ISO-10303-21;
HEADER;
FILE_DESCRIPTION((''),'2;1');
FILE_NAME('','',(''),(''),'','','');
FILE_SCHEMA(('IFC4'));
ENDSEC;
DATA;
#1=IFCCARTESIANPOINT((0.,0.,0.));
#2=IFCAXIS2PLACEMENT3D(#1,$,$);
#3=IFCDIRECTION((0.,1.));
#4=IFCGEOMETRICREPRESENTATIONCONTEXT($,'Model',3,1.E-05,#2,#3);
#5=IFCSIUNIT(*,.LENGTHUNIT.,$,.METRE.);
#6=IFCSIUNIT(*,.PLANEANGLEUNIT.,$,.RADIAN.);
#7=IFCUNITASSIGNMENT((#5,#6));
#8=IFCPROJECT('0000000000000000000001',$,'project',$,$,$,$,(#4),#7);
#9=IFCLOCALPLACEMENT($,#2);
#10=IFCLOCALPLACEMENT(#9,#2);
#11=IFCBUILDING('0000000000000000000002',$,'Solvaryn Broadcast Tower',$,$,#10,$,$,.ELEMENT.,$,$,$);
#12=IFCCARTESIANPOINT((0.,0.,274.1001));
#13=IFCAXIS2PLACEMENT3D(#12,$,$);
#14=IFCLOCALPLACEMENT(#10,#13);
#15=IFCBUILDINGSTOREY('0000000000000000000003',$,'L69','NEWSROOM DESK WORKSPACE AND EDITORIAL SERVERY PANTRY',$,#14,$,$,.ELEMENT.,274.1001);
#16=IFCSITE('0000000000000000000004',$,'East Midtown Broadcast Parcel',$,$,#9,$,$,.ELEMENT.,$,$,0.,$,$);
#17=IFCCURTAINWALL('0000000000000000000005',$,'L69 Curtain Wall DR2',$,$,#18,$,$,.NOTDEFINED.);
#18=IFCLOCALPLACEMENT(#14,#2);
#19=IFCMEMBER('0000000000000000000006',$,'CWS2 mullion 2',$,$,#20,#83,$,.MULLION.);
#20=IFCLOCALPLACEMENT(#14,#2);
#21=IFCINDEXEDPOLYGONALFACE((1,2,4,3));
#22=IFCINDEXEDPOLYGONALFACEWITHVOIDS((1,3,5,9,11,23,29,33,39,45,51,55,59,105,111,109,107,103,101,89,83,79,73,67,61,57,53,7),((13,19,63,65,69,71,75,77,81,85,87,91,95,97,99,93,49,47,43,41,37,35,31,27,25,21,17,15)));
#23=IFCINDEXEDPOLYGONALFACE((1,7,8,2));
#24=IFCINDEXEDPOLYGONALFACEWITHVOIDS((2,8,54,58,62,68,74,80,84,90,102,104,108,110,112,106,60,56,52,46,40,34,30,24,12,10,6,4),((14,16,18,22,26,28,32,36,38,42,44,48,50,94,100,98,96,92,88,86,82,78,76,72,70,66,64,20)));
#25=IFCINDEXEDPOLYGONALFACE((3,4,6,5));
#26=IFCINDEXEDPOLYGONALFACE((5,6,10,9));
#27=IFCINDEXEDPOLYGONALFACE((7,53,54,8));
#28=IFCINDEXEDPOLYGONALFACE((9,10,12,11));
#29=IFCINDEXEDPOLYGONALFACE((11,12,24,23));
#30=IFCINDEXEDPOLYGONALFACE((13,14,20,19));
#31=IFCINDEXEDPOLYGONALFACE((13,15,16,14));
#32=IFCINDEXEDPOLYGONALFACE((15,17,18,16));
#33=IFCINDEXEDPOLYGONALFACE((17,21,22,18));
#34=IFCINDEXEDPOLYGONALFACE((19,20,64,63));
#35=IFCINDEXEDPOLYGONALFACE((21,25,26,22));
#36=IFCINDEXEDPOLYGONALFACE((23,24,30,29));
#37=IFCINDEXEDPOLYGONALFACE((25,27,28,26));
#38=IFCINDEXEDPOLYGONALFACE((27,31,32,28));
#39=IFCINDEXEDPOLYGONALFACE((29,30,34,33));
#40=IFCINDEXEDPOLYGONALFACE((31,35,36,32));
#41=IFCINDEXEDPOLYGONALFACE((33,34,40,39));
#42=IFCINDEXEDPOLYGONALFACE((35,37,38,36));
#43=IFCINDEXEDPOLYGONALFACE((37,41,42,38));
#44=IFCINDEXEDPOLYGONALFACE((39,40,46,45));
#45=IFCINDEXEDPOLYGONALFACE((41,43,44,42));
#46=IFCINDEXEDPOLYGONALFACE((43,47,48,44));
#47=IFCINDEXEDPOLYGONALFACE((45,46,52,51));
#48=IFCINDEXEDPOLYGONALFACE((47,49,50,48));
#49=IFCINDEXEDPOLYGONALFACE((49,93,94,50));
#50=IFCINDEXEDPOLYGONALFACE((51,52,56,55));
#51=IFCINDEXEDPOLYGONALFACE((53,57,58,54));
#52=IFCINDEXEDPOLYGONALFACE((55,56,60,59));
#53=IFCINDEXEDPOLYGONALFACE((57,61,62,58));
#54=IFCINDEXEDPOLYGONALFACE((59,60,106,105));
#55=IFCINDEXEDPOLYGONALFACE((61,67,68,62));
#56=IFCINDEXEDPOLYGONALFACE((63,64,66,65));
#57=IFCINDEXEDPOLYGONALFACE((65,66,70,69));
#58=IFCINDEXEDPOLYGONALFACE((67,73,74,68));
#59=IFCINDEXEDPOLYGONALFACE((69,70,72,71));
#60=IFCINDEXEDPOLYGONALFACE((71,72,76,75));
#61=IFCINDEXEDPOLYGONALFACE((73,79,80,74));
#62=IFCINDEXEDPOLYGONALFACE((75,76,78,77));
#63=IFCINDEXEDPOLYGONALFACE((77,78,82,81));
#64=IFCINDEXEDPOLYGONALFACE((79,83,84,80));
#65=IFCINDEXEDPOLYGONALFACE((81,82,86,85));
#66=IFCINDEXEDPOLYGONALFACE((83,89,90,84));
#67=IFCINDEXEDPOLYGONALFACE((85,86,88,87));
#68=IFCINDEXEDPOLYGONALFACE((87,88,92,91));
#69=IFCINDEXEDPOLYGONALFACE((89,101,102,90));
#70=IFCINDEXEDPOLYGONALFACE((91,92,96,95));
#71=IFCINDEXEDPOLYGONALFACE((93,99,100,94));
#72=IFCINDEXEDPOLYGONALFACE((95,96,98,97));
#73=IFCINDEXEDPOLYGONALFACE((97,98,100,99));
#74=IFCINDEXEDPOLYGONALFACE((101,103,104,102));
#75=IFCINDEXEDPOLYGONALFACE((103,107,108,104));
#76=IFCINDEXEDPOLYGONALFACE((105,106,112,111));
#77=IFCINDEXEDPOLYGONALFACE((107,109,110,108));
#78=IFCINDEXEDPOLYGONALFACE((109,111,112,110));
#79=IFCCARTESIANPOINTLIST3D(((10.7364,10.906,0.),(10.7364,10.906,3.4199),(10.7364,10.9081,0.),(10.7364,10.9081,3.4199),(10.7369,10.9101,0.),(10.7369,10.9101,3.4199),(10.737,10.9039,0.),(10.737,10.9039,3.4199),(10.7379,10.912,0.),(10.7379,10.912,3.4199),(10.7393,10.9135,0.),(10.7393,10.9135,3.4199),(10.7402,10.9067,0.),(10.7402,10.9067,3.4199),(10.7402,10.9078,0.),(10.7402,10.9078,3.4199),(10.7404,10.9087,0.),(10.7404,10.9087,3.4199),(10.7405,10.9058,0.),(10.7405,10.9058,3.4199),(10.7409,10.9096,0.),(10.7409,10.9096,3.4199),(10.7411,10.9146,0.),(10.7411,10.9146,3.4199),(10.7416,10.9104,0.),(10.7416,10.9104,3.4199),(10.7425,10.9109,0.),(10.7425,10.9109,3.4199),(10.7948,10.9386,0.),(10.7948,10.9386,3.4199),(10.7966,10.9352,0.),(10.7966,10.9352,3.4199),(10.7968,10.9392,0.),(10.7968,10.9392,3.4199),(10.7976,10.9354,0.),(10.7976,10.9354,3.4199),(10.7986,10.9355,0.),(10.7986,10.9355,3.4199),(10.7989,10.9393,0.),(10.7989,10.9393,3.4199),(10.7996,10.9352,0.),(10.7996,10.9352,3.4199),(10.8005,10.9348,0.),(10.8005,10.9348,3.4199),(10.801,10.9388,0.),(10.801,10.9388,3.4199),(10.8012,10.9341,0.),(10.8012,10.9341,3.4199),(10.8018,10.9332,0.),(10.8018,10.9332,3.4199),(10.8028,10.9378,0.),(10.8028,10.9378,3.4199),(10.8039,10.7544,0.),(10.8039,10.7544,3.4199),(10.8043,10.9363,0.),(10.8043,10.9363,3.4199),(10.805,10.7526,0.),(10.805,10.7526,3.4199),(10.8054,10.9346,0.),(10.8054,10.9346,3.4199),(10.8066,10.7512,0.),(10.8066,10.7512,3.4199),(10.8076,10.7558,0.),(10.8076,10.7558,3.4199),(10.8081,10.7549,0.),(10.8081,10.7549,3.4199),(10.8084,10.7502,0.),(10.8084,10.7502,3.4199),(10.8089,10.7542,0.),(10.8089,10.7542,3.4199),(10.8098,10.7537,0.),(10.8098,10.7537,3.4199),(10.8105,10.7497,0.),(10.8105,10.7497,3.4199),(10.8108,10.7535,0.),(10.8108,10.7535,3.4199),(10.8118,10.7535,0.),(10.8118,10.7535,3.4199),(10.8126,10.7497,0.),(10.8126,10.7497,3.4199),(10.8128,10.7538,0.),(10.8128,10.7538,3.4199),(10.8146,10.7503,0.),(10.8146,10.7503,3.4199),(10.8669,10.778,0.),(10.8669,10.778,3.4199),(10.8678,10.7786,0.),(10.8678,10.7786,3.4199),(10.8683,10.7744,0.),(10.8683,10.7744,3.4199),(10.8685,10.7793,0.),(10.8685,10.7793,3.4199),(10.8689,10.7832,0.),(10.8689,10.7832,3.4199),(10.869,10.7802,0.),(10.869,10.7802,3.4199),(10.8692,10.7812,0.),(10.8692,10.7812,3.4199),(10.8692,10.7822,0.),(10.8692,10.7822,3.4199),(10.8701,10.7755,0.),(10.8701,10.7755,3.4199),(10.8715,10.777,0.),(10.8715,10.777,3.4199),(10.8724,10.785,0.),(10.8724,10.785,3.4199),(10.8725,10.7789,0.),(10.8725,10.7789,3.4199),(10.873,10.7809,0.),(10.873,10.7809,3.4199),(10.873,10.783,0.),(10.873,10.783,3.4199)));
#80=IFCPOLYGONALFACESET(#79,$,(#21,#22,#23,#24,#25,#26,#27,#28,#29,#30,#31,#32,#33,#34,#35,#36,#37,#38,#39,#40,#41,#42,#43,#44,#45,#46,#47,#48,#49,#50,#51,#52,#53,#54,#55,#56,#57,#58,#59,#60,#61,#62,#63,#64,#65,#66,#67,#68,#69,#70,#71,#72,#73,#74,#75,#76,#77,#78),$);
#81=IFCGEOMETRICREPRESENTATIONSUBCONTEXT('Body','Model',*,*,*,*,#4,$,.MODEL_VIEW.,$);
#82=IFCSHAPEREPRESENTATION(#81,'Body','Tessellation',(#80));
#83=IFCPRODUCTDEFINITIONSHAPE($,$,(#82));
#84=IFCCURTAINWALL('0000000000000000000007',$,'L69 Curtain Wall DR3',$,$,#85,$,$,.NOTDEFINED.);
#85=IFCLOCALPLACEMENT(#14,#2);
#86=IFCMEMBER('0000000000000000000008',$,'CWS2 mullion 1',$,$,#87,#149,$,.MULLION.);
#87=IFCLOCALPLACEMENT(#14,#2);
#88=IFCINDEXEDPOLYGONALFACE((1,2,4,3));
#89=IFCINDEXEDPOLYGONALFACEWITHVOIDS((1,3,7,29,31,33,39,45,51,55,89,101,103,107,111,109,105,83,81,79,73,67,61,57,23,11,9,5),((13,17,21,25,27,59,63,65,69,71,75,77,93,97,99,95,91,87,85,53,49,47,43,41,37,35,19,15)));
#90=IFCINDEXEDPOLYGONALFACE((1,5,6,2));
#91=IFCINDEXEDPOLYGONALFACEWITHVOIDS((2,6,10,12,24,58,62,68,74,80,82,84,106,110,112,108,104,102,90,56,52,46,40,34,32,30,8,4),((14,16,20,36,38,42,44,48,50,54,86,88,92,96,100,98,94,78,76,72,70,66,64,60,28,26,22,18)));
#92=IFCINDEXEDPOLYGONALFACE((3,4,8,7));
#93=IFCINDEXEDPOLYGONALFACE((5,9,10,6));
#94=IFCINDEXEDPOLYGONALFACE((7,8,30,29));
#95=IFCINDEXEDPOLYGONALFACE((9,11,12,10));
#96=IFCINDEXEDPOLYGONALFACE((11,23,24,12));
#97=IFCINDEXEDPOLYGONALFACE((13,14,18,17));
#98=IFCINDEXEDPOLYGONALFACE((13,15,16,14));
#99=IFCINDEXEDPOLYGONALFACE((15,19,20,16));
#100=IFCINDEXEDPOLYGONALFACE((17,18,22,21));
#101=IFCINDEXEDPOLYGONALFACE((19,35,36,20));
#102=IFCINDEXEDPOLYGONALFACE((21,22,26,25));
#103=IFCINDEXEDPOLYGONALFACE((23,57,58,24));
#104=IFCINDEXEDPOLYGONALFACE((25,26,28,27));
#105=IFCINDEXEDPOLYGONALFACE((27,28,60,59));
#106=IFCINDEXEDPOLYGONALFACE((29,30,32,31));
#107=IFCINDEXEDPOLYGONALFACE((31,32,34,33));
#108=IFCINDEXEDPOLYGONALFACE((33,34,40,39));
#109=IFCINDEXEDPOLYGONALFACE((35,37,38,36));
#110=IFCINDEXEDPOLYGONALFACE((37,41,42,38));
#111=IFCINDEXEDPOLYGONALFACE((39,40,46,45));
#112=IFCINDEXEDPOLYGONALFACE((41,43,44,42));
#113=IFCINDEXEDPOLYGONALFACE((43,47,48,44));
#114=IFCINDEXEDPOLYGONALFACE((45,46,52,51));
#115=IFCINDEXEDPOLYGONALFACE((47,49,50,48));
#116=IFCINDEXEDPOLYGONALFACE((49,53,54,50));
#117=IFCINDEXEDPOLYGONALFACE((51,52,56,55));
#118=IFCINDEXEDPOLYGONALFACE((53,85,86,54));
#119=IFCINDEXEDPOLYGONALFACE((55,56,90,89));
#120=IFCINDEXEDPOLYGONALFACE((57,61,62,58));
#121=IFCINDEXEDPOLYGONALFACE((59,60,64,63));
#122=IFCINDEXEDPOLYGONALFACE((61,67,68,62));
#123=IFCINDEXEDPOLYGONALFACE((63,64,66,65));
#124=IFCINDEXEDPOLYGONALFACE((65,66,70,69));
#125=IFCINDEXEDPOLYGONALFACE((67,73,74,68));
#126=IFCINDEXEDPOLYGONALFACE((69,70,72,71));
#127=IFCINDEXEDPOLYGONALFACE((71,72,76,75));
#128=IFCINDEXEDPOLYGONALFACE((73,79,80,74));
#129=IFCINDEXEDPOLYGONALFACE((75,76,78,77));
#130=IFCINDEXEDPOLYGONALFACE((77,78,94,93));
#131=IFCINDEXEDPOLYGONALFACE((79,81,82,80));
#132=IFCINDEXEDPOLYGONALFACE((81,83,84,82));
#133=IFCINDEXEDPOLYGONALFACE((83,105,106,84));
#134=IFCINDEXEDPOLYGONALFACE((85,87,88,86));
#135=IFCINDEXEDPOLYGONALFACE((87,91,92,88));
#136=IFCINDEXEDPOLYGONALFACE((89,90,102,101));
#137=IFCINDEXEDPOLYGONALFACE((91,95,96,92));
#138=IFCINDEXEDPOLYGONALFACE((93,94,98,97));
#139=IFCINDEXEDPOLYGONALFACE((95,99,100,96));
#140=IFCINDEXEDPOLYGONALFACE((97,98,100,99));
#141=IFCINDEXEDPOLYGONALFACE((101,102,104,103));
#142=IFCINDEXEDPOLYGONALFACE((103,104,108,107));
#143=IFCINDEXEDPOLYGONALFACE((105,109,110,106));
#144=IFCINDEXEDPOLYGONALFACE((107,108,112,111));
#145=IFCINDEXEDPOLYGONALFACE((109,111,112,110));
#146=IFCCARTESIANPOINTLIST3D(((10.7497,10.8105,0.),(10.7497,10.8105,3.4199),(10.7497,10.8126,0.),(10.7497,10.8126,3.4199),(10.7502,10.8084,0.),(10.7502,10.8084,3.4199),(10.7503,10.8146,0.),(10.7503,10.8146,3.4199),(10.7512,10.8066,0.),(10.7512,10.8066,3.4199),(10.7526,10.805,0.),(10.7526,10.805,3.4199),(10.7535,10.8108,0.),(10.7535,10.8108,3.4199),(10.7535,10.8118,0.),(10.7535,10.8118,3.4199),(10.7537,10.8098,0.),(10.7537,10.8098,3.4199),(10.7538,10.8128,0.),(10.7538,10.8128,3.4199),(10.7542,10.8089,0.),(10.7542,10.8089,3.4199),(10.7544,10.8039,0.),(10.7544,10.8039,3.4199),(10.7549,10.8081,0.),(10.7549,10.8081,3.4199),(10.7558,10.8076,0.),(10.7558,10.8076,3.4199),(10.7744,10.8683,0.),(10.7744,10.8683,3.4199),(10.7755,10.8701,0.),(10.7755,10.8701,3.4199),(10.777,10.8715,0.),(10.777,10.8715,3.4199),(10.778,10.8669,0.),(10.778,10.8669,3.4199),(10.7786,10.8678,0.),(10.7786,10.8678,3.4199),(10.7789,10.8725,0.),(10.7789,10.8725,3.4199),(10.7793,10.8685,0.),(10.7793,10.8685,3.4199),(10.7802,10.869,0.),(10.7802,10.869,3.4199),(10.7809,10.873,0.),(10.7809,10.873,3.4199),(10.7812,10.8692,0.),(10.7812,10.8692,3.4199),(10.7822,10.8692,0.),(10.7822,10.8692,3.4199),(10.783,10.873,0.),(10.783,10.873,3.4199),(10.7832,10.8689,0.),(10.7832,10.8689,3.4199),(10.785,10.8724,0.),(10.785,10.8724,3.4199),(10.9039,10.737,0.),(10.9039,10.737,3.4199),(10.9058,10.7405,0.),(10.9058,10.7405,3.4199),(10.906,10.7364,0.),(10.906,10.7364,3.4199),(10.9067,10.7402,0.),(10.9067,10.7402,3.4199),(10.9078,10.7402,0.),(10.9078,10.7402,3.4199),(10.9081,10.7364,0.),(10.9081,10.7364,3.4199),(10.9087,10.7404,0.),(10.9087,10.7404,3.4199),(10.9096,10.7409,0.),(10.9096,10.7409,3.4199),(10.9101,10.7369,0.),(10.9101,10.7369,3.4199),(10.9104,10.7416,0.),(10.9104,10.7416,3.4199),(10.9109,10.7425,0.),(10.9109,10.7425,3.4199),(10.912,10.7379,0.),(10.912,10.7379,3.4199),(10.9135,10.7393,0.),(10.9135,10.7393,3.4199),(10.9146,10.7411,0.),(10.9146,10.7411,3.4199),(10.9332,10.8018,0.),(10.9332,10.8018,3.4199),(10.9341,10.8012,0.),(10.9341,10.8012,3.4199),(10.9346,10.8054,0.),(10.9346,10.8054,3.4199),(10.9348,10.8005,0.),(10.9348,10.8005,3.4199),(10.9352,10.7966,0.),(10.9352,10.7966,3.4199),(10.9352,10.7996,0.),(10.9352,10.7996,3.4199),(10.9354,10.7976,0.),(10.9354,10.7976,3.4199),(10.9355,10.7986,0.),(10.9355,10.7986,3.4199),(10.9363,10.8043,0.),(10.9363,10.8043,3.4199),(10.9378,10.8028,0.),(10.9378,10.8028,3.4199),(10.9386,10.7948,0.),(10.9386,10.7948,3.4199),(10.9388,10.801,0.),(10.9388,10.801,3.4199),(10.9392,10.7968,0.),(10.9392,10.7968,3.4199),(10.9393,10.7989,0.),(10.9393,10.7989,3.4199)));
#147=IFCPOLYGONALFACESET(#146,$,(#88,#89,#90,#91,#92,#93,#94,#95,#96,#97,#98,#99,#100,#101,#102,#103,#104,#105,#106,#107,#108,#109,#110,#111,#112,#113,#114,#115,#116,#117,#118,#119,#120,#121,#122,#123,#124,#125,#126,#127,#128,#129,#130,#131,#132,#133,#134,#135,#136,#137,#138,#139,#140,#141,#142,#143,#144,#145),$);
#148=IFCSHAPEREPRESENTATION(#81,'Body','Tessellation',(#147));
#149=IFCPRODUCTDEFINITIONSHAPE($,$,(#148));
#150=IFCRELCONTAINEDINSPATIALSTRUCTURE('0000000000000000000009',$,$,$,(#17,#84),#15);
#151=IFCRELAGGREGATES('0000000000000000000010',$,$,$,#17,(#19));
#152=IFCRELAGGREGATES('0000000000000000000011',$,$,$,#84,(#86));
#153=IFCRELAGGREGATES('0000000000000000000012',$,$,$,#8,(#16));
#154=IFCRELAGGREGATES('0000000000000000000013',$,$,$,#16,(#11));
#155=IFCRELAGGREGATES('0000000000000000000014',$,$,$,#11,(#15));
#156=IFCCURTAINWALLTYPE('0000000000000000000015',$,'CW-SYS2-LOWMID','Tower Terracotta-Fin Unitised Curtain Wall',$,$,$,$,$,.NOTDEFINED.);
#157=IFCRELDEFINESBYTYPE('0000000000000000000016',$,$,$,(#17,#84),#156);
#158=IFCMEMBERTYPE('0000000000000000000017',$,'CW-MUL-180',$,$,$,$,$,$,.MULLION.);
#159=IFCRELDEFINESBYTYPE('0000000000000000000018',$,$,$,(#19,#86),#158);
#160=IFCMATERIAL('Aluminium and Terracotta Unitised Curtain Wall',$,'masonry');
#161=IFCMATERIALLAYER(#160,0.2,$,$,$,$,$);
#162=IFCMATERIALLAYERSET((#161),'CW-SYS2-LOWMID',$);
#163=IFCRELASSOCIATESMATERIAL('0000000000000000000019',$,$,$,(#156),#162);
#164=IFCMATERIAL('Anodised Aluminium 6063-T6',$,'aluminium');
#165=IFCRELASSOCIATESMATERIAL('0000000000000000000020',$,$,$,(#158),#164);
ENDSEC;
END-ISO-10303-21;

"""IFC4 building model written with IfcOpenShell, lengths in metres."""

from ifc_helpers import new_model, si_unit, direction, frame, origin, origin_2d, place, context, subcontext, project, spatial, hollow_rectangle, extrude, material, layer, layer_set, material_profile, profile_set, type_object, element, aggregate, save


model = new_model("IFC4")

# Units and contexts
model_context = context("Model", 3, precision=1e-05, world=origin(), true_north=direction((0.0, 1.0)))
body_context = subcontext(model_context, "Body", "Model", "MODEL_VIEW")
ifc_project = project(units=[si_unit("LENGTHUNIT", "METRE"), si_unit("PLANEANGLEUNIT", "RADIAN")], contexts=[model_context])

# Site, building, storey
site_placement = place(None, origin())
site = spatial("IfcSite", under=ifc_project, at=site_placement, Name="East Midtown Broadcast Parcel", CompositionType="ELEMENT", RefElevation=0.0)
building_placement = place(site_placement, origin())
building = spatial("IfcBuilding", under=site, at=building_placement, Name="Solvaryn Broadcast Tower", CompositionType="ELEMENT")
storey_placement = place(building_placement, frame((0.0, 0.0, 274.1001)))
storey = spatial("IfcBuildingStorey", under=building, at=storey_placement, Name="L69", Description="NEWSROOM DESK WORKSPACE AND EDITORIAL SERVERY PANTRY", CompositionType="ELEMENT", Elevation=274.1001)

# Curtain wall, member
ifc_material_1 = material(Name="Aluminium and Terracotta Unitised Curtain Wall", Category="masonry")
ifc_layer_1 = layer(ifc_material_1, 0.2)
ifc_layer_set_1 = layer_set([ifc_layer_1], Name="CW-SYS2-LOWMID")
curtain_wall_type = type_object("IfcCurtainWallType", Name="CW-SYS2-LOWMID", Description="Tower Terracotta-Fin Unitised Curtain Wall", PredefinedType="NOTDEFINED", material=ifc_layer_set_1)
curtain_wall_1_placement = place(storey_placement, origin())
curtain_wall_1 = element("IfcCurtainWall", 1, at=curtain_wall_1_placement, inside=storey, type_object=curtain_wall_type, Name="L69 Curtain Wall DR2", PredefinedType="NOTDEFINED")
ifc_material_2 = material(Name="Anodised Aluminium 6063-T6", Category="aluminium")
ifc_material_profile_1 = material_profile(ifc_material_2, hollow_rectangle(XDim=0.075, YDim=0.1799, WallThickness=0.0039, InnerFilletRadius=0.0039, OuterFilletRadius=0.0081, at=origin_2d()))
ifc_profile_set_1 = profile_set([ifc_material_profile_1], Name="Anodised Aluminium 6063-T6")
member_type_1 = type_object("IfcMemberType", Name="CW-MUL-180", PredefinedType="MULLION", material=ifc_profile_set_1)
member_1_placement = place(storey_placement, frame((10.8047, 10.8445, 0.0), z_axis=(0.0, 0.0, 1.0), x_axis=(0.912774, 0.408466, 0.0)))
member_1 = element("IfcMember", 2, at=member_1_placement, type_object=member_type_1, Name="CWS2 mullion 2", PredefinedType="MULLION", context=body_context, shape_type="SweptSolid", body=[
    extrude(hollow_rectangle(XDim=0.075, YDim=0.1799, WallThickness=0.0039, InnerFilletRadius=0.0039, OuterFilletRadius=0.0081, at=origin_2d()), origin(), (0.0, 0.0, 1.0), 3.4199),
])
aggregate(curtain_wall_1, [member_1])

# Curtain wall, member
curtain_wall_2_placement = place(storey_placement, origin())
curtain_wall_2 = element("IfcCurtainWall", 3, at=curtain_wall_2_placement, inside=storey, type_object=curtain_wall_type, Name="L69 Curtain Wall DR3", PredefinedType="NOTDEFINED")
member_2_placement = place(storey_placement, frame((10.8445, 10.8047, 0.0), z_axis=(0.0, 0.0, 1.0), x_axis=(0.408466, 0.912774, 0.0)))
member_2 = element("IfcMember", 4, at=member_2_placement, type_object=member_type_1, Name="CWS2 mullion 1", PredefinedType="MULLION", context=body_context, shape_type="SweptSolid", body=[
    extrude(hollow_rectangle(XDim=0.075, YDim=0.1799, WallThickness=0.0039, InnerFilletRadius=0.0039, OuterFilletRadius=0.0081, at=origin_2d()), origin(), (0.0, 0.0, 1.0), 3.4199),
])
aggregate(curtain_wall_2, [member_2])

save(model, "model.ifc")
